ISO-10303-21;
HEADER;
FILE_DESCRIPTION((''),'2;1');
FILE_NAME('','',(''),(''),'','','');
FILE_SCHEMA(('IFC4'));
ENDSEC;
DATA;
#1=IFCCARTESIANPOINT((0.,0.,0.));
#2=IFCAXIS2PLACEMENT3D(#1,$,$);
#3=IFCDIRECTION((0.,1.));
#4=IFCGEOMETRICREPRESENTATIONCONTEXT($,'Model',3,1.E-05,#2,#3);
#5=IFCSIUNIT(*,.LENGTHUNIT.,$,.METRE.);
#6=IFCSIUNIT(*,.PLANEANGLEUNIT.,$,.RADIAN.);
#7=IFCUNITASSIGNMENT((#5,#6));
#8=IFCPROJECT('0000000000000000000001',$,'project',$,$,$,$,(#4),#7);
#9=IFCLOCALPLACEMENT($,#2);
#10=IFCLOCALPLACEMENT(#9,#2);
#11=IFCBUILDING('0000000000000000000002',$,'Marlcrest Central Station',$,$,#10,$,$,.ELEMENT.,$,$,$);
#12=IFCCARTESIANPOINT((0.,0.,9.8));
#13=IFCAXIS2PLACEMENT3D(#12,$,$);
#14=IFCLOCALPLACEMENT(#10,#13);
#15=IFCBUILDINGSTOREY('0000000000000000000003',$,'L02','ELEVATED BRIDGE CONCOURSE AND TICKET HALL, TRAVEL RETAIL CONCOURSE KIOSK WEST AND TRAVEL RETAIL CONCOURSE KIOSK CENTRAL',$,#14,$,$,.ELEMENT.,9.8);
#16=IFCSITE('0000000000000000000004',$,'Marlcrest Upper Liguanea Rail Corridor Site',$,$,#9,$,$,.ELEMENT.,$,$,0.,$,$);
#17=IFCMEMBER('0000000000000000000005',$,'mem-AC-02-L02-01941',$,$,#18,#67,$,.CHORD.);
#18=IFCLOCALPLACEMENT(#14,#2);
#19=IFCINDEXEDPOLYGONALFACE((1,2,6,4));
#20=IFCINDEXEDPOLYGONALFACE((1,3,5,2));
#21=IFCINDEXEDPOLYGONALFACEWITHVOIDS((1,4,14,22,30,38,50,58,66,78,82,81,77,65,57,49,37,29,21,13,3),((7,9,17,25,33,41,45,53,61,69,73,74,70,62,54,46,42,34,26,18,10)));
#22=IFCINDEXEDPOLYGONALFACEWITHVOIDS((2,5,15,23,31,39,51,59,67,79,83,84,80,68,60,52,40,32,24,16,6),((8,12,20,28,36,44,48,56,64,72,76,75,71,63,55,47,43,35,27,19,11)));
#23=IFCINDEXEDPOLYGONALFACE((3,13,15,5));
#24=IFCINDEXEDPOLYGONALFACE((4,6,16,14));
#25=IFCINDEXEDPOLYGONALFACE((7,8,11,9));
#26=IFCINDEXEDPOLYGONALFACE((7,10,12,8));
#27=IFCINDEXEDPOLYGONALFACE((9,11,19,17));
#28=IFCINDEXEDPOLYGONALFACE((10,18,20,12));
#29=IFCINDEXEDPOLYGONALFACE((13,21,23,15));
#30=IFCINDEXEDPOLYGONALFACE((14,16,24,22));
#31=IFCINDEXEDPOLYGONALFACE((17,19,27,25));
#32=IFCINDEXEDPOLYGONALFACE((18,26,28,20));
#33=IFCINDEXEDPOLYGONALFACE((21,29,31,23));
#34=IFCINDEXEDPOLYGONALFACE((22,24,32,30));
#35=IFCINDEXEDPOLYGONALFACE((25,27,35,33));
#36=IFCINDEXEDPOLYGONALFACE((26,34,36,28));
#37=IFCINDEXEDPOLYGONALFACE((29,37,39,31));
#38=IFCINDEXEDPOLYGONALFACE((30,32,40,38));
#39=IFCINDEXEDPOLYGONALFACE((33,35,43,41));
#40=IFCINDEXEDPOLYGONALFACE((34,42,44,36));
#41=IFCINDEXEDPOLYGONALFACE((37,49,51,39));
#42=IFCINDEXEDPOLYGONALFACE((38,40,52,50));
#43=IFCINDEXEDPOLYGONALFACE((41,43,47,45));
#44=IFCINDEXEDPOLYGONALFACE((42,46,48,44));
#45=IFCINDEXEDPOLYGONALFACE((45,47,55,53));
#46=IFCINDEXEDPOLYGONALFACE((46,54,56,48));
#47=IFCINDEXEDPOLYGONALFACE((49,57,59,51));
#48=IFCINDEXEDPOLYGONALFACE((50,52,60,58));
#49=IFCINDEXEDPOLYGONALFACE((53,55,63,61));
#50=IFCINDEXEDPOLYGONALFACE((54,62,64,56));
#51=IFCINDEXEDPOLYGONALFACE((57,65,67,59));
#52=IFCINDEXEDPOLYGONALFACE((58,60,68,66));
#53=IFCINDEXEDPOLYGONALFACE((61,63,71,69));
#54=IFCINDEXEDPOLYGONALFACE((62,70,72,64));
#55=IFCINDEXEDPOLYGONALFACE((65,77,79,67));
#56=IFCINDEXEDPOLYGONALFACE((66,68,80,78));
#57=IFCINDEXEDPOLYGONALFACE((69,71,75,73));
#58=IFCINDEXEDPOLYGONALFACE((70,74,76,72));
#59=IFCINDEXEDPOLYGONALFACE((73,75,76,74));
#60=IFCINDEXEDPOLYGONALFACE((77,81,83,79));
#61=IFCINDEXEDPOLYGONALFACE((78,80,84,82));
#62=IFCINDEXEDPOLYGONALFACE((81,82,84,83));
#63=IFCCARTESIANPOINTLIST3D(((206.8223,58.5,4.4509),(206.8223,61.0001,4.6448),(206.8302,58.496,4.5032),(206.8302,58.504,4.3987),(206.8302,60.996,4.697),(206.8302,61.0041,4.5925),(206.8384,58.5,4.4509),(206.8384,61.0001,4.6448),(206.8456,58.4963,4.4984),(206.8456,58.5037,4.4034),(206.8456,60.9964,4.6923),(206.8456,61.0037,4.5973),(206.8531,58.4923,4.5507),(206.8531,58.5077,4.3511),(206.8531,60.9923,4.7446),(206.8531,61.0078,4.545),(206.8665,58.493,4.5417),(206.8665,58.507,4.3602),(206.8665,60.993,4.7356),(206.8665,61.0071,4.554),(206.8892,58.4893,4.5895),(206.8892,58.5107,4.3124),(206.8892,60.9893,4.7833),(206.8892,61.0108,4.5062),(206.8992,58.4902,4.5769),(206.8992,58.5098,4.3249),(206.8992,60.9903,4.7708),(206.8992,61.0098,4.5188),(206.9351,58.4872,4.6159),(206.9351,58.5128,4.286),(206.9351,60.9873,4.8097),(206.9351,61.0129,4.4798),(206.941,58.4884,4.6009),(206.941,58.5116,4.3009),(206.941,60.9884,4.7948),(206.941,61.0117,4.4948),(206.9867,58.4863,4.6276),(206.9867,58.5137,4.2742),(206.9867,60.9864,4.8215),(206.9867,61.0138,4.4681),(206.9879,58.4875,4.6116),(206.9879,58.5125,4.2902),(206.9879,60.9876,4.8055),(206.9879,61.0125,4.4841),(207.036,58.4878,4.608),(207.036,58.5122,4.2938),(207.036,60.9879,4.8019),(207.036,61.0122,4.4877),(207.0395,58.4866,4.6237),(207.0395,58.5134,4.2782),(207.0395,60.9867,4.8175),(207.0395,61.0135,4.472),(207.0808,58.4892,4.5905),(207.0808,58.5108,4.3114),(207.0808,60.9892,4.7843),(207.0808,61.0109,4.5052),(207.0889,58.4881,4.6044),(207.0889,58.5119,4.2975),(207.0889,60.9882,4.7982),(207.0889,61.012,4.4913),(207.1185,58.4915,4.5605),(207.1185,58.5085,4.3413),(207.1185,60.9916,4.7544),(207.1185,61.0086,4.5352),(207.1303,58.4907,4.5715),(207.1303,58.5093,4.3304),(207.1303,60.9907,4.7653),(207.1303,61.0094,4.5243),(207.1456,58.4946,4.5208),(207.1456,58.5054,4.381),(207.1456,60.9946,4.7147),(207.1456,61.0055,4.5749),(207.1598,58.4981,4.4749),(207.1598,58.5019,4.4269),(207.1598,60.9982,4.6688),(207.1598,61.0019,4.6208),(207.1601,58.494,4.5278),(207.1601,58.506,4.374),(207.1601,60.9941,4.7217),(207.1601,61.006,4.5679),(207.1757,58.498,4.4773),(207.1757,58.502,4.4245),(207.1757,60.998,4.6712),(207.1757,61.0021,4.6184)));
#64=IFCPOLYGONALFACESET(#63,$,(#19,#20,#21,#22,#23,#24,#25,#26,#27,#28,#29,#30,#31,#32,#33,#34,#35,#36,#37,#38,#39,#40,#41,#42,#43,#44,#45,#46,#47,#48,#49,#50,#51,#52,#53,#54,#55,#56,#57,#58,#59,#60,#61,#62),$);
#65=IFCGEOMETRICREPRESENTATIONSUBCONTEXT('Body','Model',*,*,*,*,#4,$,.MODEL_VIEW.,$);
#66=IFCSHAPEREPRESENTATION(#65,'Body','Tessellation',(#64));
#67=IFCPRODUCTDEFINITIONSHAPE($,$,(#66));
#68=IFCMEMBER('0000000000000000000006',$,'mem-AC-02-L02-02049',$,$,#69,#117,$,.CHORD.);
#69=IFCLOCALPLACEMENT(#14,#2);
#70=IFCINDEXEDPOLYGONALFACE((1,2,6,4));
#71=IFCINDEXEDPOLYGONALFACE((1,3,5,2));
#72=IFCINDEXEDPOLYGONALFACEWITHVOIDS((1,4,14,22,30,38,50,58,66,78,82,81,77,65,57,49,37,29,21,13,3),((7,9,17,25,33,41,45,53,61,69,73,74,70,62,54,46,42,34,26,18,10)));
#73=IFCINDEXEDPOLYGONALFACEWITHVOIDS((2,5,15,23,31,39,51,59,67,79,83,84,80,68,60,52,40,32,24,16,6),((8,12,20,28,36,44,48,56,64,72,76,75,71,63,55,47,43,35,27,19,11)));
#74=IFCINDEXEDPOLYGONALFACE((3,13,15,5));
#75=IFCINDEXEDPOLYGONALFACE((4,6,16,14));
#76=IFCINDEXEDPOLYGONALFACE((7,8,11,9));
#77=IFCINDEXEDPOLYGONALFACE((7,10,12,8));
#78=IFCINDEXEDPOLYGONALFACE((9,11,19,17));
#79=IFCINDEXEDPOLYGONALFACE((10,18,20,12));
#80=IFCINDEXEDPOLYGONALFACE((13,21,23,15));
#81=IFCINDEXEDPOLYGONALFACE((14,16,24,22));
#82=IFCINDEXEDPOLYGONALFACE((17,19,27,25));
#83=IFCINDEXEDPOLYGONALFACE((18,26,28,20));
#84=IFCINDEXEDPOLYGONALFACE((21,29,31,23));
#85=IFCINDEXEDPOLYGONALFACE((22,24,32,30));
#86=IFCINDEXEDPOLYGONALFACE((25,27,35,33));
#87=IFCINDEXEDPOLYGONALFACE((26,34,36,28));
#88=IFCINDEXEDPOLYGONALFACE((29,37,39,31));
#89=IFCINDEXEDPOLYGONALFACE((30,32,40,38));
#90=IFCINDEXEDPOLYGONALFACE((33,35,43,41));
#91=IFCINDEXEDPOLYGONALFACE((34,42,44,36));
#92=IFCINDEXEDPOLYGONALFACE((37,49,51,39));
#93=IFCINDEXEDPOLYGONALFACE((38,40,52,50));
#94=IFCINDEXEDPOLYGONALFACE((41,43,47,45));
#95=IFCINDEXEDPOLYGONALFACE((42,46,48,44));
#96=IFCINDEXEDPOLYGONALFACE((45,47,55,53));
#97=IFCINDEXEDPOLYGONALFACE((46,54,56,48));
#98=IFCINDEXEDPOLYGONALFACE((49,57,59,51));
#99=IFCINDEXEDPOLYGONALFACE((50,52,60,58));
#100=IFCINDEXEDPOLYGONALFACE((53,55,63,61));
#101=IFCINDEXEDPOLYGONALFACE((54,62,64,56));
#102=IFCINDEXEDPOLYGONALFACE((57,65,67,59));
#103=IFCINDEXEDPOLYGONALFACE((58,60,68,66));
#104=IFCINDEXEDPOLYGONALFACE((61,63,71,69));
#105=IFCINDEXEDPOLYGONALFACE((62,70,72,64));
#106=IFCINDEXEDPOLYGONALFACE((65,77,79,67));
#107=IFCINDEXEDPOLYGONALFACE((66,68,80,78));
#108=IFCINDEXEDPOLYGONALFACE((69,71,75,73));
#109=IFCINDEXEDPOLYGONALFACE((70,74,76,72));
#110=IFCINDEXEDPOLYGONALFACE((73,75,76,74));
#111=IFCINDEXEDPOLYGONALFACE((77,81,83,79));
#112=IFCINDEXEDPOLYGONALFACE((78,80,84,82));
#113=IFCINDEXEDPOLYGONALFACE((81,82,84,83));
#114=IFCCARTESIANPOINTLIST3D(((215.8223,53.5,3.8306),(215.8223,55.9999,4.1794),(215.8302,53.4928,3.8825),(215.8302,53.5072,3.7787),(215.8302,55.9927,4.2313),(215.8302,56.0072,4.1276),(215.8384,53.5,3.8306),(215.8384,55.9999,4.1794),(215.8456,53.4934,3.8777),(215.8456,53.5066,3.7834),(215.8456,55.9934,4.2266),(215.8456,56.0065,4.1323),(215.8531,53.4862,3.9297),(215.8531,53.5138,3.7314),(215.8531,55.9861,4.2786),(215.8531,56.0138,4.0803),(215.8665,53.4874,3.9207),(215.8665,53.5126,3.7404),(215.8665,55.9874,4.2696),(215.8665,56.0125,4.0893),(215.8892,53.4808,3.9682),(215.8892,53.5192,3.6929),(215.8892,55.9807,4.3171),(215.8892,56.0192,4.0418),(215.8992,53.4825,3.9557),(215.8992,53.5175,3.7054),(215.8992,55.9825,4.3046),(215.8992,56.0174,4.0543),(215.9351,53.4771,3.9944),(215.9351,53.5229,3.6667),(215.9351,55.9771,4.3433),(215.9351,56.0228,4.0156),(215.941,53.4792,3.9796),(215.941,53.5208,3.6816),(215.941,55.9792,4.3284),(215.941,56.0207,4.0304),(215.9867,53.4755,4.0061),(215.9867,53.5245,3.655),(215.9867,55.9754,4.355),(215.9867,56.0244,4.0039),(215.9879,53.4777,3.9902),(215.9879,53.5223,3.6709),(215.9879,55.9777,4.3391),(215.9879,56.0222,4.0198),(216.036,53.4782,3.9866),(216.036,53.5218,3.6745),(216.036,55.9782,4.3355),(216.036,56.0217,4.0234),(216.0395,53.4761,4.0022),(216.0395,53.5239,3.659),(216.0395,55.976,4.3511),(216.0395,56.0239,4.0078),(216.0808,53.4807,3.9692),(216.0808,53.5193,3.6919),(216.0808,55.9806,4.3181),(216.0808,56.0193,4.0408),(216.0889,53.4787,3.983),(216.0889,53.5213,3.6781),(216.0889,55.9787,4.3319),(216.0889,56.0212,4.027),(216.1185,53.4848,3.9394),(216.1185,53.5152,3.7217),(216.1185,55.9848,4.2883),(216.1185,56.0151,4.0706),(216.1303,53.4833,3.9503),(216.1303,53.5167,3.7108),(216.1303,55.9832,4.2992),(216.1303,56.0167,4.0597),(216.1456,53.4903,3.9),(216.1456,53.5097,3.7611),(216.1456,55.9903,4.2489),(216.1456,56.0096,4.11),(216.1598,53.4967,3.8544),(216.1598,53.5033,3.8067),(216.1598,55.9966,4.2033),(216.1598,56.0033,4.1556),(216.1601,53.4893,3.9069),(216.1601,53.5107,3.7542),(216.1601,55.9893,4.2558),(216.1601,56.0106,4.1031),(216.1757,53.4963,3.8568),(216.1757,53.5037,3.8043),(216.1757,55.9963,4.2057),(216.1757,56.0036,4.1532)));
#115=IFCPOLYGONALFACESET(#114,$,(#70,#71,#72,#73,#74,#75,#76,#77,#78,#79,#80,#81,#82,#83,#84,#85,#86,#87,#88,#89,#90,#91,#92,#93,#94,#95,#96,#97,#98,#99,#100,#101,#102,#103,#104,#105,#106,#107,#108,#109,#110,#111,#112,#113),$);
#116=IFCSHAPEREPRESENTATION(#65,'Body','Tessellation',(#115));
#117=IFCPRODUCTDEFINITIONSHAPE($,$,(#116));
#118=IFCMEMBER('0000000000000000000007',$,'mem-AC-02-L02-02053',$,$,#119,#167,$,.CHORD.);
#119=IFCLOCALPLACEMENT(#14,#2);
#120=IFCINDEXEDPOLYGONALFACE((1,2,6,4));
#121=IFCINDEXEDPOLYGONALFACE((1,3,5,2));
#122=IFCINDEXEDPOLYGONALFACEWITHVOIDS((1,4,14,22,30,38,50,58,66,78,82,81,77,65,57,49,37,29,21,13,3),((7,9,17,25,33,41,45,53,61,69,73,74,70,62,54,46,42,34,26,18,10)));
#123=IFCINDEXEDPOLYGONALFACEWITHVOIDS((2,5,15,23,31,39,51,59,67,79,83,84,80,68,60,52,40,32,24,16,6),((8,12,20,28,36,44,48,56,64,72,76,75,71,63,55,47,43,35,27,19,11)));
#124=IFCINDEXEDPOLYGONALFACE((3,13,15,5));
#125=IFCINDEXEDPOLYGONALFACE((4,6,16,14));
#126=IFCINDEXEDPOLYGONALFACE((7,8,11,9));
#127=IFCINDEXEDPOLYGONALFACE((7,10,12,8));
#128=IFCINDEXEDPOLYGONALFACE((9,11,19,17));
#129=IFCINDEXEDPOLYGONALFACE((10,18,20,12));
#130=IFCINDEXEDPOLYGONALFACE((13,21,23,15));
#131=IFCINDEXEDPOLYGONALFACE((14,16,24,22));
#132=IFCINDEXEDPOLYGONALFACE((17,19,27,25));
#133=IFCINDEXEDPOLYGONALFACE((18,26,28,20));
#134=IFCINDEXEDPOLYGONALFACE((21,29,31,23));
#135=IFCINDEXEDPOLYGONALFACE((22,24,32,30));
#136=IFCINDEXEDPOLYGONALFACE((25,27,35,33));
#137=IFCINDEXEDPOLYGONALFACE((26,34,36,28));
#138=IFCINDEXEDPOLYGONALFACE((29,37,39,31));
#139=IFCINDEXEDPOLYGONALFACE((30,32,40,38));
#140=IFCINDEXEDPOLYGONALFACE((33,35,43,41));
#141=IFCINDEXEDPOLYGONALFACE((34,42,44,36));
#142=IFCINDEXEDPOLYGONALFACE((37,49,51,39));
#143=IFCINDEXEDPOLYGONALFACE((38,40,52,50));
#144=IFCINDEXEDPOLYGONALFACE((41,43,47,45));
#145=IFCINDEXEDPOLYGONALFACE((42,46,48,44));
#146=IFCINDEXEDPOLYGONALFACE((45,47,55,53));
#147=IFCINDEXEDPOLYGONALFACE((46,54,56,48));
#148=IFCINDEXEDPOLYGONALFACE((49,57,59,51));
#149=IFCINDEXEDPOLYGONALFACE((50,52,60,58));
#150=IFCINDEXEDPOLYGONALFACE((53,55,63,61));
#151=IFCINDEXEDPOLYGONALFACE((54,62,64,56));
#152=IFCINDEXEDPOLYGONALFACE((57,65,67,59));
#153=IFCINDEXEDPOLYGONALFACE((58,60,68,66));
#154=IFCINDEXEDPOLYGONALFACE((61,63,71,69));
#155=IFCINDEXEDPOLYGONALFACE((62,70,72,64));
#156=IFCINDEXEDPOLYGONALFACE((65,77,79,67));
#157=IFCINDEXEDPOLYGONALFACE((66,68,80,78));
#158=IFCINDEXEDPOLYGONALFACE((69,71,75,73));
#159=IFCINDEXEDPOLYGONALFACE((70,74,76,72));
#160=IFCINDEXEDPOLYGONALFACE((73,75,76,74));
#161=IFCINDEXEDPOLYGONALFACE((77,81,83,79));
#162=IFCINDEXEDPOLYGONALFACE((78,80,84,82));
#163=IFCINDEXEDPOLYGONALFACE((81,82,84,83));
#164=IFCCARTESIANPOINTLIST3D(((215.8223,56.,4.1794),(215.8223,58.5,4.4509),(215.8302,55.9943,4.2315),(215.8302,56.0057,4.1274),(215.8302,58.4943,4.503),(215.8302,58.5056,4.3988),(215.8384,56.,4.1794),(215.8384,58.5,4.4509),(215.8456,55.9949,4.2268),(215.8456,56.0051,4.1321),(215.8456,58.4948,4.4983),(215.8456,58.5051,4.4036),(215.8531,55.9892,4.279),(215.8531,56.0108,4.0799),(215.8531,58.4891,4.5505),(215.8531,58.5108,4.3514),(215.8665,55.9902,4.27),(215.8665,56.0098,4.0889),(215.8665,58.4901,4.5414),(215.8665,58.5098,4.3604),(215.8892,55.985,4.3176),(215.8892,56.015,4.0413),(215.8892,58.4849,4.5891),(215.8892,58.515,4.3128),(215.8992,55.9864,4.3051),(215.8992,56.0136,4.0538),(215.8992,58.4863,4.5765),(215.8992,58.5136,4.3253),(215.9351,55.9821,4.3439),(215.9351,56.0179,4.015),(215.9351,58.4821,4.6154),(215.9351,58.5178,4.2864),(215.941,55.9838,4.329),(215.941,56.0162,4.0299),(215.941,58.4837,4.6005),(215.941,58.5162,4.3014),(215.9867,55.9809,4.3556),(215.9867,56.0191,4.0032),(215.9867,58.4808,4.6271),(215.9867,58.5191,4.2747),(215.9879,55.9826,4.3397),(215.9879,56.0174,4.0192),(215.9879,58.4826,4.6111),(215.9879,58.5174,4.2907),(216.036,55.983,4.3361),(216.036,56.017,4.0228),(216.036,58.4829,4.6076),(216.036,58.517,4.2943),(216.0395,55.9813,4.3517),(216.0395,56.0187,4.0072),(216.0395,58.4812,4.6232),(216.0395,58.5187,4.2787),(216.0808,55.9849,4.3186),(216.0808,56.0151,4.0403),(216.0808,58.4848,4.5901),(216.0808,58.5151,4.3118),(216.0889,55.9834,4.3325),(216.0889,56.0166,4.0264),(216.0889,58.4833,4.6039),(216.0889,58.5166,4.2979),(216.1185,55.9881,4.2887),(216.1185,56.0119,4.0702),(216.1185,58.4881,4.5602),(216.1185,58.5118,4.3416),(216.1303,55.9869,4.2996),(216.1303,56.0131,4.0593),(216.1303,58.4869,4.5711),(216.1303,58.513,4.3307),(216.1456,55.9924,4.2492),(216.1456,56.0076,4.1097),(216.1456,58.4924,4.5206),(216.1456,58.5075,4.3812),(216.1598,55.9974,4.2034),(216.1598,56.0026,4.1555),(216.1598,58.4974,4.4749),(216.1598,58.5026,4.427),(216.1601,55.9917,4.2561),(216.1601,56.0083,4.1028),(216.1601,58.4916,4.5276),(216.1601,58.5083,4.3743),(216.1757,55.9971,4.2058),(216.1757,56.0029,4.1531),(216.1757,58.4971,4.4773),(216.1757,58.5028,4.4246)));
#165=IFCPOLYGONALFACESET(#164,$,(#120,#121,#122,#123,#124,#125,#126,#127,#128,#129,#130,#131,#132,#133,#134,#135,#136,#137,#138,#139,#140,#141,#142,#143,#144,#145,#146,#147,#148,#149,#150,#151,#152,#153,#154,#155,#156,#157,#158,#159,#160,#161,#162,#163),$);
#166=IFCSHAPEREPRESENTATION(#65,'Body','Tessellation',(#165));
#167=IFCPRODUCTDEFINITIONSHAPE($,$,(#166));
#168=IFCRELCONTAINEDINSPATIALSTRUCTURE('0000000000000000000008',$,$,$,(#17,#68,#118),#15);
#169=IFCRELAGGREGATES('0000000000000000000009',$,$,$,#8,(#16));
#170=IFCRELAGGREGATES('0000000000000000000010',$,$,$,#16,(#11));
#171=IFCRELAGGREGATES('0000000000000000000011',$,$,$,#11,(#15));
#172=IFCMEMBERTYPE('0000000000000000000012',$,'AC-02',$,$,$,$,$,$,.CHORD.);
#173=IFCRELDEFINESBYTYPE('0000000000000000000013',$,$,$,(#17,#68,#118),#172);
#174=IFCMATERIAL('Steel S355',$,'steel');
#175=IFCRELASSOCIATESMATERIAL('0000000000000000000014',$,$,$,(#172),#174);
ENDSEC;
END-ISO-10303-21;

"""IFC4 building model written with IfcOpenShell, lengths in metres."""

from ifc_helpers import new_model, si_unit, direction, frame, origin, origin_2d, place, context, subcontext, project, spatial, hollow_circle, extrude, material, material_profile, profile_set, type_object, element, save


model = new_model("IFC4")

# Units and contexts
model_context = context("Model", 3, precision=1e-05, world=origin(), true_north=direction((0.0, 1.0)))
body_context = subcontext(model_context, "Body", "Model", "MODEL_VIEW")
ifc_project = project(units=[si_unit("LENGTHUNIT", "METRE"), si_unit("PLANEANGLEUNIT", "RADIAN")], contexts=[model_context])

# Site, building, storey
site_placement = place(None, origin())
site = spatial("IfcSite", under=ifc_project, at=site_placement, Name="Marlcrest Upper Liguanea Rail Corridor Site", CompositionType="ELEMENT", RefElevation=0.0)
building_placement = place(site_placement, origin())
building = spatial("IfcBuilding", under=site, at=building_placement, Name="Marlcrest Central Station", CompositionType="ELEMENT")
storey_placement = place(building_placement, frame((0.0, 0.0, 9.8)))
storey = spatial("IfcBuildingStorey", under=building, at=storey_placement, Name="L02", Description="ELEVATED BRIDGE CONCOURSE AND TICKET HALL, TRAVEL RETAIL CONCOURSE KIOSK WEST AND TRAVEL RETAIL CONCOURSE KIOSK CENTRAL", CompositionType="ELEMENT", Elevation=9.8)

# Members
ifc_material = material(Name="Steel S355", Category="steel")
ifc_material_profile_1 = material_profile(ifc_material, hollow_circle(Radius=0.1777, WallThickness=0.0161, at=origin_2d()), Name="CHS 355.6x16")
ifc_profile_set_1 = profile_set([ifc_material_profile_1], Name="Steel S355")
member_type_1 = type_object("IfcMemberType", Name="AC-02", PredefinedType="CHORD", material=ifc_profile_set_1)
member_1_placement = place(storey_placement, frame((207.0, 58.5, 4.4509), z_axis=(0.0, 0.997007, 0.077307), x_axis=(-1.0, 0.0, 0.0)))
element("IfcMember", 1, at=member_1_placement, inside=storey, type_object=member_type_1, Name="mem-AC-02-L02-01941", PredefinedType="CHORD", context=body_context, shape_type="SweptSolid", body=[
    extrude(hollow_circle(Radius=0.1777, WallThickness=0.0161, at=origin_2d()), origin(), (0.0, 0.0, 1.0), 2.5076),
])
member_2_placement = place(storey_placement, frame((216.0, 53.5, 3.8306), z_axis=(0.0, 0.990403, 0.138211), x_axis=(-1.0, 0.0, 0.0)))
element("IfcMember", 2, at=member_2_placement, inside=storey, type_object=member_type_1, Name="mem-AC-02-L02-02049", PredefinedType="CHORD", context=body_context, shape_type="SweptSolid", body=[
    extrude(hollow_circle(Radius=0.1777, WallThickness=0.0161, at=origin_2d()), origin(), (0.0, 0.0, 1.0), 2.5242),
])
member_3_placement = place(storey_placement, frame((216.0, 56.0, 4.1794), z_axis=(0.0, 0.994155, 0.107959), x_axis=(-1.0, 0.0, 0.0)))
element("IfcMember", 3, at=member_3_placement, inside=storey, type_object=member_type_1, Name="mem-AC-02-L02-02053", PredefinedType="CHORD", context=body_context, shape_type="SweptSolid", body=[
    extrude(hollow_circle(Radius=0.1777, WallThickness=0.0161, at=origin_2d()), origin(), (0.0, 0.0, 1.0), 2.5146),
])

save(model, "model.ifc")
